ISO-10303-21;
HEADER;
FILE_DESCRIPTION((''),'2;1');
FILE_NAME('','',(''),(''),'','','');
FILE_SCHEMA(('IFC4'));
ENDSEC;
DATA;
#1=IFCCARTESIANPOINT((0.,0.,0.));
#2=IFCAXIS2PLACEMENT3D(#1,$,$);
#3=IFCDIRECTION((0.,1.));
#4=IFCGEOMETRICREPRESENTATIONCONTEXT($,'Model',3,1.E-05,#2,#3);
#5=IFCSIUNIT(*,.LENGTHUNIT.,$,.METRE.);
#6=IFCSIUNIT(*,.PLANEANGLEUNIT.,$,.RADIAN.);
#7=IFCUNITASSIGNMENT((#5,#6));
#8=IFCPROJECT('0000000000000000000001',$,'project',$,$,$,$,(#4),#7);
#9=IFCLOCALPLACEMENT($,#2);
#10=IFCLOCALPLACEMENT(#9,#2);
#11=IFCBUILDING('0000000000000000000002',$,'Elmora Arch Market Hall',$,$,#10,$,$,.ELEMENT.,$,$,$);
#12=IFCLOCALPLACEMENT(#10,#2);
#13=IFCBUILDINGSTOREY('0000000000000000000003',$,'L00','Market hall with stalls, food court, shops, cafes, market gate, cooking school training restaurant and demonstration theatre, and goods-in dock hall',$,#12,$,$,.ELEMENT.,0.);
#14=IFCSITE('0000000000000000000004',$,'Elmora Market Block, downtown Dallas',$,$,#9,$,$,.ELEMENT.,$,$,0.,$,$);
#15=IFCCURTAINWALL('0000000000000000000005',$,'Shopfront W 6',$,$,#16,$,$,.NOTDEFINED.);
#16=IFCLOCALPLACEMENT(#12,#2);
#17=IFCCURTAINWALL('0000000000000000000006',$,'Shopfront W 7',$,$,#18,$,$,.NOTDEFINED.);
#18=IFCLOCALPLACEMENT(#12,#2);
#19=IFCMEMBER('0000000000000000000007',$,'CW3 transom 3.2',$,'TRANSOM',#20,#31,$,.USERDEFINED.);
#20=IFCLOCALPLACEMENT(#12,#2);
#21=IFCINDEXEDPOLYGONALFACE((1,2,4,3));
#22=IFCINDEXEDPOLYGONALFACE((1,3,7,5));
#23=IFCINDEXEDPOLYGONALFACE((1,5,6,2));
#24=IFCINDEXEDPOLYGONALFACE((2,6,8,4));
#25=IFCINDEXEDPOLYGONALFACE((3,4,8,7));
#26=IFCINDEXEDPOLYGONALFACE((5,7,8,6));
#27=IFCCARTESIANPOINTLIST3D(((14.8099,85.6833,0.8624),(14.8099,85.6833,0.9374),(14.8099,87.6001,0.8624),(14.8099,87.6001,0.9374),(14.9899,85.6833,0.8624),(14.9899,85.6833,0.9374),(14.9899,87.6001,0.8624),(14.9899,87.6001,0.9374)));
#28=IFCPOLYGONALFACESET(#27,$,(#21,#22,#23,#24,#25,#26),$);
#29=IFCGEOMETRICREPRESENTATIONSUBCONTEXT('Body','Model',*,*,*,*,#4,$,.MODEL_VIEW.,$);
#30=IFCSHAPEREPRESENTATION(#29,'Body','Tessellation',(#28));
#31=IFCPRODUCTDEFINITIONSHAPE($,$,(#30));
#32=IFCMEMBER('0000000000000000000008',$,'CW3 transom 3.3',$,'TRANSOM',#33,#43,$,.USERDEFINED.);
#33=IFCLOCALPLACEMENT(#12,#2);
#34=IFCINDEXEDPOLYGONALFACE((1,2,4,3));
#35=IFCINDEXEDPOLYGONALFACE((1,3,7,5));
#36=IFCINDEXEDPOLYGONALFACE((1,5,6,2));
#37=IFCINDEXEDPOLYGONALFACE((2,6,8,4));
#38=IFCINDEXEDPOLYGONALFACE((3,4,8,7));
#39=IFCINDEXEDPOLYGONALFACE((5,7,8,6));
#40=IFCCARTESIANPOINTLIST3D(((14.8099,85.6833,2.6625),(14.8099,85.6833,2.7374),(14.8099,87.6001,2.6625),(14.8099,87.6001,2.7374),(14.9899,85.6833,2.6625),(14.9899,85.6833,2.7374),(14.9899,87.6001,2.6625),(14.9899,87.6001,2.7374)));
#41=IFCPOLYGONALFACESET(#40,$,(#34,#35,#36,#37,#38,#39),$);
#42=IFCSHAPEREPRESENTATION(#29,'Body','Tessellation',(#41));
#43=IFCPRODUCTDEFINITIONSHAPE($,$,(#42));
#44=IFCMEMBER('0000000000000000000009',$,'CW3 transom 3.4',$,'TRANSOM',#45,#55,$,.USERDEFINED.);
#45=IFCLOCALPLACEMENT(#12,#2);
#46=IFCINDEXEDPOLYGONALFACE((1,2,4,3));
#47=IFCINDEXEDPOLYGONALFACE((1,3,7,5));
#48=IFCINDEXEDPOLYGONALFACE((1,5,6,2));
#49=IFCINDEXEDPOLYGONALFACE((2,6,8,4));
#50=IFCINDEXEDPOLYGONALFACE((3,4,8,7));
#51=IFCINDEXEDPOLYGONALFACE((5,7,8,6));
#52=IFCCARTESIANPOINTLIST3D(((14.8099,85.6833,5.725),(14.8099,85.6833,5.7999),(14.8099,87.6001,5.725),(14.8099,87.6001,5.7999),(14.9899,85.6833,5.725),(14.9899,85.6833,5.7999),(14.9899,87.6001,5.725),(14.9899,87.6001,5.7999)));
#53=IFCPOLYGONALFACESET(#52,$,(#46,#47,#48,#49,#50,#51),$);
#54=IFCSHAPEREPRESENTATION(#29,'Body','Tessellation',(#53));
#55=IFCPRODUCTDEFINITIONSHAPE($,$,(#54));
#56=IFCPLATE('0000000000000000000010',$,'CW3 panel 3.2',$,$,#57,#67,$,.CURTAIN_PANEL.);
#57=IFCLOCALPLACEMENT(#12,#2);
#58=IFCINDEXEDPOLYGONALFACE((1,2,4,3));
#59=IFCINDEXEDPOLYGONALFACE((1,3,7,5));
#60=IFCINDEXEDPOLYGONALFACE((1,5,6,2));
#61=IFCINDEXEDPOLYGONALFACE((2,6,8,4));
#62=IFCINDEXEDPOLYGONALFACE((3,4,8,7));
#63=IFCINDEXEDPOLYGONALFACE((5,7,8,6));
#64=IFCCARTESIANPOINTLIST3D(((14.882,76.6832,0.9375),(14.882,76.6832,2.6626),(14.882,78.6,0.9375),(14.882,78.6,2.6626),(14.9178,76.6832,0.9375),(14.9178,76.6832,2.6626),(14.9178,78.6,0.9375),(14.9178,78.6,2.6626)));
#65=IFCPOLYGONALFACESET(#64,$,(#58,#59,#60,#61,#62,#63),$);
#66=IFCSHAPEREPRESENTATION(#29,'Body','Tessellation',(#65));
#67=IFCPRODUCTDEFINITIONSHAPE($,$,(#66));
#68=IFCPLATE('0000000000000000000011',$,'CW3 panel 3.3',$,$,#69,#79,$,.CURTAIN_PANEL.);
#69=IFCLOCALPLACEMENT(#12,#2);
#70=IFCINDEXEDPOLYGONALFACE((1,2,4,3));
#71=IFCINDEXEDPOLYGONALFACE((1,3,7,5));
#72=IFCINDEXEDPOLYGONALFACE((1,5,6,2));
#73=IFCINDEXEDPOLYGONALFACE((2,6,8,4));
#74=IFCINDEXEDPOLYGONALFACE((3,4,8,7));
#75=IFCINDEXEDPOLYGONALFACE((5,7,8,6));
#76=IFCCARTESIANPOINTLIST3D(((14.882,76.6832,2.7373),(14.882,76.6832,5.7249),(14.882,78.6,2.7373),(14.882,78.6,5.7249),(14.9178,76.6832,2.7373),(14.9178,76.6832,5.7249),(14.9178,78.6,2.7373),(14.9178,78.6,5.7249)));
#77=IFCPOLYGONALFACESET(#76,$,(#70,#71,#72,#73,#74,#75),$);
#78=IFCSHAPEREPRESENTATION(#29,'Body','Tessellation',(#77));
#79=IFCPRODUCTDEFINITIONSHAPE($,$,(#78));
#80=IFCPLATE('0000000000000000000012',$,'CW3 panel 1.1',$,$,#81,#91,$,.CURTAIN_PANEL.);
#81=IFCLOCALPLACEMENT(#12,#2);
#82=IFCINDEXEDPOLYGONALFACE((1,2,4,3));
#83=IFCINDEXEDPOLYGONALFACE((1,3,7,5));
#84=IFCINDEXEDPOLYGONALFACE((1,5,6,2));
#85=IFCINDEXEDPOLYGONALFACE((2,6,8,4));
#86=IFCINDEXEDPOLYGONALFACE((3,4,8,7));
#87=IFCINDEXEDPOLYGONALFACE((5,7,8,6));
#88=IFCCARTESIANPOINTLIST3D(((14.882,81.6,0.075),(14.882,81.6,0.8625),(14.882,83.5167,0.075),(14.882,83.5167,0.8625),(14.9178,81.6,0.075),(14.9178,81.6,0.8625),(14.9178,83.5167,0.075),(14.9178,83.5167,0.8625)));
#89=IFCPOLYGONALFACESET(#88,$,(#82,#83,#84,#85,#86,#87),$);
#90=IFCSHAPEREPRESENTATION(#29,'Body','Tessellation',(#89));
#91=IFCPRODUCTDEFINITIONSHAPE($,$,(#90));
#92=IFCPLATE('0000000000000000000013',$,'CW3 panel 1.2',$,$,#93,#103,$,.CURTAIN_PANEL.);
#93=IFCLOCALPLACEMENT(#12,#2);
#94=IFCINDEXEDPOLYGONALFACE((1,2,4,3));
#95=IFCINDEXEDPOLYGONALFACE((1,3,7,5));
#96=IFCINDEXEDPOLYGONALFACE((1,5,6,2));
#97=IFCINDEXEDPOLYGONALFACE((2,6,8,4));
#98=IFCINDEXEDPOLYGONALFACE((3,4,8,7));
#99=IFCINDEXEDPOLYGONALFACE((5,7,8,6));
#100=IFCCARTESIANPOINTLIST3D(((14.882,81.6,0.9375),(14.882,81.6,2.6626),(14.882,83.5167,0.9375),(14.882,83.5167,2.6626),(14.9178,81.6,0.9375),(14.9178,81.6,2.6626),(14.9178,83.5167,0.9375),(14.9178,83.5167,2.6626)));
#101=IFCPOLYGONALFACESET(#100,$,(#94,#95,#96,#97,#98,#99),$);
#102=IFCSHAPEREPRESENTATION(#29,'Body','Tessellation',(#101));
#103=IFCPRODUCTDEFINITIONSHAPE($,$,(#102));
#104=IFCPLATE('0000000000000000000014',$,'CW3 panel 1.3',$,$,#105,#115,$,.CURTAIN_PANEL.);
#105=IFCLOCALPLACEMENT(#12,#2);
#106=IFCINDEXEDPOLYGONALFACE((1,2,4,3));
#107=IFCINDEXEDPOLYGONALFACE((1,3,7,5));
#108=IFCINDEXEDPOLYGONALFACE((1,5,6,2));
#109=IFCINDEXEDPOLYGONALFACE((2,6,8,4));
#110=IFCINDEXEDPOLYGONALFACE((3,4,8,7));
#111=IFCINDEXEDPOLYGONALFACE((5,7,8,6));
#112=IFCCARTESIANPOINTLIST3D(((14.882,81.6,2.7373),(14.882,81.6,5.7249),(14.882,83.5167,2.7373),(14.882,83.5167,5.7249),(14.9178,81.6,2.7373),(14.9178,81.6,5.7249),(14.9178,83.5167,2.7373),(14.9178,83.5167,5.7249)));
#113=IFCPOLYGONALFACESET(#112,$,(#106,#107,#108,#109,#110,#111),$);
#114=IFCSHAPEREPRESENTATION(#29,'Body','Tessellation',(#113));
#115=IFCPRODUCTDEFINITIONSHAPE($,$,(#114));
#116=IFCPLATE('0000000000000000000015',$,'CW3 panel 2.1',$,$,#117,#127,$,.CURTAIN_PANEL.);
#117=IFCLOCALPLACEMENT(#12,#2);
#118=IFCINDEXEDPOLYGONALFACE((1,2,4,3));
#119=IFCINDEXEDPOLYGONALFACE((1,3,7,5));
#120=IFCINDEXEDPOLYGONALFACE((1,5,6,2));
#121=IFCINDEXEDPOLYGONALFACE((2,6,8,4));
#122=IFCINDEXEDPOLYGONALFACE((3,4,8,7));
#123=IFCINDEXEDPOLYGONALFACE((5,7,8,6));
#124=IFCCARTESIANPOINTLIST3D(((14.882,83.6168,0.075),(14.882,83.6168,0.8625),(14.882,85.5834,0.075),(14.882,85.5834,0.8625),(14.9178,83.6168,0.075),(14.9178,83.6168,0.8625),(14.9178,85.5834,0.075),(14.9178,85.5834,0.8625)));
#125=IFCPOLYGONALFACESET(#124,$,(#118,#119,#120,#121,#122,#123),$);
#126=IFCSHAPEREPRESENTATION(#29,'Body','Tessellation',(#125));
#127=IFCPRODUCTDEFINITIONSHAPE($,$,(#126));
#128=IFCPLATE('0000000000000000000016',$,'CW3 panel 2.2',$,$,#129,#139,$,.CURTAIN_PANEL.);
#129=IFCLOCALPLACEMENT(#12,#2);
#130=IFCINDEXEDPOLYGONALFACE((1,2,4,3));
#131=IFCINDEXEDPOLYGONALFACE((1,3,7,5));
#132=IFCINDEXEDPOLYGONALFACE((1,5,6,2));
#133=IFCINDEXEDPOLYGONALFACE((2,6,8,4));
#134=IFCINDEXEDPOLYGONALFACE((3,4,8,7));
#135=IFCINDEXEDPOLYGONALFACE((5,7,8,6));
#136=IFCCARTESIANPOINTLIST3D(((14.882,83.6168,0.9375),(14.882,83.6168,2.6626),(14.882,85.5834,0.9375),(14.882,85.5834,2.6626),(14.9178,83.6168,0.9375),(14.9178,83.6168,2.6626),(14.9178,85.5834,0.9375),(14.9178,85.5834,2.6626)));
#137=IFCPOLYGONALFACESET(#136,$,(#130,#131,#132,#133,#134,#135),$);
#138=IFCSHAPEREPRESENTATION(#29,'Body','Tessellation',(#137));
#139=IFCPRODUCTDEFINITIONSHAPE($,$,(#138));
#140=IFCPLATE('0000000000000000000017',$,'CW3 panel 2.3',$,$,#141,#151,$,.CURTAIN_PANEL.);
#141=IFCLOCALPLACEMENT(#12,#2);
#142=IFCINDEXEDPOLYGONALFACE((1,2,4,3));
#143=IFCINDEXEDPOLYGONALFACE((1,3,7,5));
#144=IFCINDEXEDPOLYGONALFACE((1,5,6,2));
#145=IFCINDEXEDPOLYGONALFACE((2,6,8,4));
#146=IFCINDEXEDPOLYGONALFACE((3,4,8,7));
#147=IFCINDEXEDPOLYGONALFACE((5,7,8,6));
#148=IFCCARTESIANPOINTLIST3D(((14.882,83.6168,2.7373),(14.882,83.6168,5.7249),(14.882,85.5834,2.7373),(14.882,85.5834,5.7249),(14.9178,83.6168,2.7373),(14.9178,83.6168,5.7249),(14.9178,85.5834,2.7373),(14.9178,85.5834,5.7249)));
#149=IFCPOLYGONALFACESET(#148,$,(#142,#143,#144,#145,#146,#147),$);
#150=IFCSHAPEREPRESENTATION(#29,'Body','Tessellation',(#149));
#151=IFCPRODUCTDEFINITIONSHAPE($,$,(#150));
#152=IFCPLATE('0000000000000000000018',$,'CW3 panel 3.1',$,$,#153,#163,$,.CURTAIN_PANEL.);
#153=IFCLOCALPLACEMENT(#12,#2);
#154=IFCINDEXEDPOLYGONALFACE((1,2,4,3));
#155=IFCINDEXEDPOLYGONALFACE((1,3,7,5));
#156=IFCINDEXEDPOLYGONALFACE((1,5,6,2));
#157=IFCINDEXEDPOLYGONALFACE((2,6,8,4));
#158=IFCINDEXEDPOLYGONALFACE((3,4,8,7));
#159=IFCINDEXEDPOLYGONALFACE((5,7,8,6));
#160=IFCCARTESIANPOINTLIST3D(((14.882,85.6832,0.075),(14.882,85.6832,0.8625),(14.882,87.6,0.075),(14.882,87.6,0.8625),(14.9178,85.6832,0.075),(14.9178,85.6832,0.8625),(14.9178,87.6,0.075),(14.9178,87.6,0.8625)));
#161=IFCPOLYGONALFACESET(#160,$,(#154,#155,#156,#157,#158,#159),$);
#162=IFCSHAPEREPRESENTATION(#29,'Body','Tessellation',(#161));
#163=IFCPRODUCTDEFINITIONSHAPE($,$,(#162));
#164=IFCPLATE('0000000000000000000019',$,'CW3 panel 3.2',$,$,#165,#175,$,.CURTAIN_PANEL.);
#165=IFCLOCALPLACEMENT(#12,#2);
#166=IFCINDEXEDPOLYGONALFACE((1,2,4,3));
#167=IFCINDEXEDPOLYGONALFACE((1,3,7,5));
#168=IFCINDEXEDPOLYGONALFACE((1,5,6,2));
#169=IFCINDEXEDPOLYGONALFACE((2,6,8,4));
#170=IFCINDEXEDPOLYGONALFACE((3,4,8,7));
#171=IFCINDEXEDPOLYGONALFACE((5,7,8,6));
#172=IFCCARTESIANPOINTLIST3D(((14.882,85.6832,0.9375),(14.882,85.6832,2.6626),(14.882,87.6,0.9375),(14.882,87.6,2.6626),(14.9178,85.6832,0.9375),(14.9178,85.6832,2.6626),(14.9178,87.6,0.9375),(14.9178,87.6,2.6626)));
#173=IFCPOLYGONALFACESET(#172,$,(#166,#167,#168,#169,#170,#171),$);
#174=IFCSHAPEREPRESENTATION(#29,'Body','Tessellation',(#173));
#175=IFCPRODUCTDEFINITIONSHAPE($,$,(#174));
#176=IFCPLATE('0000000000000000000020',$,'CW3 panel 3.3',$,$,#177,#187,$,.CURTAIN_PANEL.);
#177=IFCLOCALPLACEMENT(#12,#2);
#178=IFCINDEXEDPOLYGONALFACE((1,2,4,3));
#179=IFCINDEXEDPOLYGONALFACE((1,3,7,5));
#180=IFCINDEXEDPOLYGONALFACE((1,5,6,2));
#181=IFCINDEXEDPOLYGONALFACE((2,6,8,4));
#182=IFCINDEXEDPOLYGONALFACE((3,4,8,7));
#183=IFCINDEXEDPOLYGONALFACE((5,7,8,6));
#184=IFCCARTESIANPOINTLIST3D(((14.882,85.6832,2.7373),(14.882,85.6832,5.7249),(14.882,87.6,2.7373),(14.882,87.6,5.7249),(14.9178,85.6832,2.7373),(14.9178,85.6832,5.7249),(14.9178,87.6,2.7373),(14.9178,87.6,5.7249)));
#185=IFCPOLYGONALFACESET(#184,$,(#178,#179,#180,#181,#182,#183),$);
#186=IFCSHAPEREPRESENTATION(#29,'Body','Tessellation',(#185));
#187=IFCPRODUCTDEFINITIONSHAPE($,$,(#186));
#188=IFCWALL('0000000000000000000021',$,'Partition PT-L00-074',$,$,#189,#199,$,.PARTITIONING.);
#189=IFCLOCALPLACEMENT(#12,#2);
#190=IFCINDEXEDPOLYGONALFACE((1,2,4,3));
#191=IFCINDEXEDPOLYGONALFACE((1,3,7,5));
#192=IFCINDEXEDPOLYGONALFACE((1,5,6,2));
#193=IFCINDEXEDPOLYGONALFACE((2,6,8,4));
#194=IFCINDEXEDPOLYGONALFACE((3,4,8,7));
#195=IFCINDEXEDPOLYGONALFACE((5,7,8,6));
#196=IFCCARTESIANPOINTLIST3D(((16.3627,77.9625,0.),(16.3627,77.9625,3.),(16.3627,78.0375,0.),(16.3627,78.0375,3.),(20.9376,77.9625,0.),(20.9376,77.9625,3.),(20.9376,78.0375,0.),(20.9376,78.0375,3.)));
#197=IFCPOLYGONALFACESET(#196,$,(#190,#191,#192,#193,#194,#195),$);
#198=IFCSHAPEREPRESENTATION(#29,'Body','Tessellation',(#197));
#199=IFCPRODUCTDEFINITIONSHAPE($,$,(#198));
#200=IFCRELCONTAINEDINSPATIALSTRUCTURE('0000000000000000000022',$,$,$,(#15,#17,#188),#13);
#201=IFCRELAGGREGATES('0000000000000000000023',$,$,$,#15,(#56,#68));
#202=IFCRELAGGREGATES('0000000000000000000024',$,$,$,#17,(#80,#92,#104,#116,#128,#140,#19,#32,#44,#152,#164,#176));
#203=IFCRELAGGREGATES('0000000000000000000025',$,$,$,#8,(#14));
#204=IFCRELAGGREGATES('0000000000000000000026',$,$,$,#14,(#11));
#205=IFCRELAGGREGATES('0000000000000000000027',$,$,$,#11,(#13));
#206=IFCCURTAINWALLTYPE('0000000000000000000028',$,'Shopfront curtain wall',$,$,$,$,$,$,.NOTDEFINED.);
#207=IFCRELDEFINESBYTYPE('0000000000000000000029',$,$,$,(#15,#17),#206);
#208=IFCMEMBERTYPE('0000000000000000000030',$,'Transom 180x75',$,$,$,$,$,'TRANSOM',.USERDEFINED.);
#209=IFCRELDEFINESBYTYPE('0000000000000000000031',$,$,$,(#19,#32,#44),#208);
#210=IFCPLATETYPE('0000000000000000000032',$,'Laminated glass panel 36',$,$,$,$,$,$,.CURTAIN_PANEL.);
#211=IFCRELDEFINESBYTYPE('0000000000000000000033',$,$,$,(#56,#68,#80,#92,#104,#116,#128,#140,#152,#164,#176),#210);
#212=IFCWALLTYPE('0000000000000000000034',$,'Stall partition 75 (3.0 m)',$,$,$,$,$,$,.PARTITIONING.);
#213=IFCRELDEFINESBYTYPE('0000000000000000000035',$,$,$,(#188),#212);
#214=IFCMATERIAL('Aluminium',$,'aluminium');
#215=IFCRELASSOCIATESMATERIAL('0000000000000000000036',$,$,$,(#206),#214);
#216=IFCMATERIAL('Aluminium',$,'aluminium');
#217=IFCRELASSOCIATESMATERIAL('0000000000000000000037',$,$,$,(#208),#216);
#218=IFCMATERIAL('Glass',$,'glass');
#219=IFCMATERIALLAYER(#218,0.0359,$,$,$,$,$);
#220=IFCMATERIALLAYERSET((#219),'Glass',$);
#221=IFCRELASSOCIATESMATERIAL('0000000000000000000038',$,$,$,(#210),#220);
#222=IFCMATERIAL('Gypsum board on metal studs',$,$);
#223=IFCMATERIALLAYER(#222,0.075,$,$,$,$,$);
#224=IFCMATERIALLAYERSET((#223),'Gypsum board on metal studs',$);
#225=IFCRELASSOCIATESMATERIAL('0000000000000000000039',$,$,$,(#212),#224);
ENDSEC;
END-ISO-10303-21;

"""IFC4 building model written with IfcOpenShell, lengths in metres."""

from ifc_helpers import new_model, si_unit, direction, frame, frame_2d, origin, origin_2d, place, context, subcontext, project, spatial, rectangle, extrude, material, layer, layer_set, material_profile, profile_set, type_object, element, aggregate, save


model = new_model("IFC4")

# Units and contexts
model_context = context("Model", 3, precision=1e-05, world=origin(), true_north=direction((0.0, 1.0)))
body_context = subcontext(model_context, "Body", "Model", "MODEL_VIEW")
ifc_project = project(units=[si_unit("LENGTHUNIT", "METRE"), si_unit("PLANEANGLEUNIT", "RADIAN")], contexts=[model_context])

# Site, building, storey
site_placement = place(None, origin())
site = spatial("IfcSite", under=ifc_project, at=site_placement, Name="Elmora Market Block, downtown Dallas", CompositionType="ELEMENT", RefElevation=0.0)
building_placement = place(site_placement, origin())
building = spatial("IfcBuilding", under=site, at=building_placement, Name="Elmora Arch Market Hall", CompositionType="ELEMENT")
storey_placement = place(building_placement, origin())
storey = spatial("IfcBuildingStorey", under=building, at=storey_placement, Name="L00", Description="Market hall with stalls, food court, shops, cafes, market gate, cooking school training restaurant and demonstration theatre, and goods-in dock hall", CompositionType="ELEMENT", Elevation=0.0)

# Curtain wall
ifc_material_1 = material(Name="Aluminium", Category="aluminium")
curtain_wall_type = type_object("IfcCurtainWallType", Name="Shopfront curtain wall", PredefinedType="NOTDEFINED", material=ifc_material_1)
curtain_wall_1_placement = place(storey_placement, origin())
curtain_wall_1 = element("IfcCurtainWall", 1, at=curtain_wall_1_placement, inside=storey, type_object=curtain_wall_type, Name="Shopfront W 6", PredefinedType="NOTDEFINED")

# Curtain wall, members
curtain_wall_2_placement = place(storey_placement, origin())
curtain_wall_2 = element("IfcCurtainWall", 2, at=curtain_wall_2_placement, inside=storey, type_object=curtain_wall_type, Name="Shopfront W 7", PredefinedType="NOTDEFINED")
ifc_material_2 = material(Name="Aluminium", Category="aluminium")
ifc_material_profile_1 = material_profile(ifc_material_2, rectangle(XDim=0.1799, YDim=0.075, at=origin_2d()), Name="AL 180x75")
ifc_profile_set_1 = profile_set([ifc_material_profile_1], Name="Aluminium")
member_type_1 = type_object("IfcMemberType", Name="Transom 180x75", ElementType="TRANSOM", PredefinedType="USERDEFINED", material=ifc_profile_set_1)
member_1_placement = place(storey_placement, frame((14.8999, 85.6833, 0.8999), z_axis=(0.0, 1.0, 0.0), x_axis=(-1.0, 0.0, 0.0)))
member_1 = element("IfcMember", 3, at=member_1_placement, type_object=member_type_1, Name="CW3 transom 3.2", ObjectType="TRANSOM", PredefinedType="USERDEFINED", context=body_context, shape_type="SweptSolid", body=[
    extrude(rectangle(XDim=0.1799, YDim=0.075, at=origin_2d()), origin(), (0.0, 0.0, 1.0), 1.9167),
])
member_2_placement = place(storey_placement, frame((14.8999, 85.6833, 2.7), z_axis=(0.0, 1.0, 0.0), x_axis=(-1.0, 0.0, 0.0)))
member_2 = element("IfcMember", 4, at=member_2_placement, type_object=member_type_1, Name="CW3 transom 3.3", ObjectType="TRANSOM", PredefinedType="USERDEFINED", context=body_context, shape_type="SweptSolid", body=[
    extrude(rectangle(XDim=0.1799, YDim=0.075, at=origin_2d()), origin(), (0.0, 0.0, 1.0), 1.9167),
])
member_3_placement = place(storey_placement, frame((14.8999, 85.6833, 5.7625), z_axis=(0.0, 1.0, 0.0), x_axis=(-1.0, 0.0, 0.0)))
member_3 = element("IfcMember", 5, at=member_3_placement, type_object=member_type_1, Name="CW3 transom 3.4", ObjectType="TRANSOM", PredefinedType="USERDEFINED", context=body_context, shape_type="SweptSolid", body=[
    extrude(rectangle(XDim=0.1799, YDim=0.075, at=origin_2d()), origin(), (0.0, 0.0, 1.0), 1.9167),
])

# Plates
ifc_material_3 = material(Name="Glass", Category="glass")
ifc_layer_1 = layer(ifc_material_3, 0.0359)
ifc_layer_set_1 = layer_set([ifc_layer_1], Name="Glass")
plate_type = type_object("IfcPlateType", Name="Laminated glass panel 36", PredefinedType="CURTAIN_PANEL", material=ifc_layer_set_1)
plate_1_placement = place(storey_placement, frame((14.8999, 77.6416, 0.9375), z_axis=(0.0, 0.0, 1.0), x_axis=(0.0, 1.0, 0.0)))
plate_1 = element("IfcPlate", 6, at=plate_1_placement, type_object=plate_type, Name="CW3 panel 3.2", PredefinedType="CURTAIN_PANEL", context=body_context, shape_type="SweptSolid", body=[
    extrude(rectangle(XDim=1.9167, YDim=0.0359, at=origin_2d()), origin(), (0.0, 0.0, 1.0), 1.7251),
])
plate_2_placement = place(storey_placement, frame((14.8999, 77.6416, 2.7373), z_axis=(0.0, 0.0, 1.0), x_axis=(0.0, 1.0, 0.0)))
plate_2 = element("IfcPlate", 7, at=plate_2_placement, type_object=plate_type, Name="CW3 panel 3.3", PredefinedType="CURTAIN_PANEL", context=body_context, shape_type="SweptSolid", body=[
    extrude(rectangle(XDim=1.9167, YDim=0.0359, at=origin_2d()), origin(), (0.0, 0.0, 1.0), 2.9875),
])
aggregate(curtain_wall_1, [plate_1, plate_2])
plate_3_placement = place(storey_placement, frame((14.8999, 82.5583, 0.075), z_axis=(0.0, 0.0, 1.0), x_axis=(0.0, 1.0, 0.0)))
plate_3 = element("IfcPlate", 8, at=plate_3_placement, type_object=plate_type, Name="CW3 panel 1.1", PredefinedType="CURTAIN_PANEL", context=body_context, shape_type="SweptSolid", body=[
    extrude(rectangle(XDim=1.9167, YDim=0.0359, at=origin_2d()), origin(), (0.0, 0.0, 1.0), 0.7876),
])
plate_4_placement = place(storey_placement, frame((14.8999, 82.5583, 0.9375), z_axis=(0.0, 0.0, 1.0), x_axis=(0.0, 1.0, 0.0)))
plate_4 = element("IfcPlate", 9, at=plate_4_placement, type_object=plate_type, Name="CW3 panel 1.2", PredefinedType="CURTAIN_PANEL", context=body_context, shape_type="SweptSolid", body=[
    extrude(rectangle(XDim=1.9167, YDim=0.0359, at=origin_2d()), origin(), (0.0, 0.0, 1.0), 1.7251),
])
plate_5_placement = place(storey_placement, frame((14.8999, 82.5583, 2.7373), z_axis=(0.0, 0.0, 1.0), x_axis=(0.0, 1.0, 0.0)))
plate_5 = element("IfcPlate", 10, at=plate_5_placement, type_object=plate_type, Name="CW3 panel 1.3", PredefinedType="CURTAIN_PANEL", context=body_context, shape_type="SweptSolid", body=[
    extrude(rectangle(XDim=1.9167, YDim=0.0359, at=origin_2d()), origin(), (0.0, 0.0, 1.0), 2.9875),
])
plate_6_placement = place(storey_placement, frame((14.8999, 84.6001, 0.075), z_axis=(0.0, 0.0, 1.0), x_axis=(0.0, 1.0, 0.0)))
plate_6 = element("IfcPlate", 11, at=plate_6_placement, type_object=plate_type, Name="CW3 panel 2.1", PredefinedType="CURTAIN_PANEL", context=body_context, shape_type="SweptSolid", body=[
    extrude(rectangle(XDim=1.9666, YDim=0.0359, at=origin_2d()), origin(), (0.0, 0.0, 1.0), 0.7876),
])
plate_7_placement = place(storey_placement, frame((14.8999, 84.6001, 0.9375), z_axis=(0.0, 0.0, 1.0), x_axis=(0.0, 1.0, 0.0)))
plate_7 = element("IfcPlate", 12, at=plate_7_placement, type_object=plate_type, Name="CW3 panel 2.2", PredefinedType="CURTAIN_PANEL", context=body_context, shape_type="SweptSolid", body=[
    extrude(rectangle(XDim=1.9666, YDim=0.0359, at=origin_2d()), origin(), (0.0, 0.0, 1.0), 1.7251),
])
plate_8_placement = place(storey_placement, frame((14.8999, 84.6001, 2.7373), z_axis=(0.0, 0.0, 1.0), x_axis=(0.0, 1.0, 0.0)))
plate_8 = element("IfcPlate", 13, at=plate_8_placement, type_object=plate_type, Name="CW3 panel 2.3", PredefinedType="CURTAIN_PANEL", context=body_context, shape_type="SweptSolid", body=[
    extrude(rectangle(XDim=1.9666, YDim=0.0359, at=origin_2d()), origin(), (0.0, 0.0, 1.0), 2.9875),
])
plate_9_placement = place(storey_placement, frame((14.8999, 86.6416, 0.075), z_axis=(0.0, 0.0, 1.0), x_axis=(0.0, 1.0, 0.0)))
plate_9 = element("IfcPlate", 14, at=plate_9_placement, type_object=plate_type, Name="CW3 panel 3.1", PredefinedType="CURTAIN_PANEL", context=body_context, shape_type="SweptSolid", body=[
    extrude(rectangle(XDim=1.9167, YDim=0.0359, at=origin_2d()), origin(), (0.0, 0.0, 1.0), 0.7876),
])
plate_10_placement = place(storey_placement, frame((14.8999, 86.6416, 0.9375), z_axis=(0.0, 0.0, 1.0), x_axis=(0.0, 1.0, 0.0)))
plate_10 = element("IfcPlate", 15, at=plate_10_placement, type_object=plate_type, Name="CW3 panel 3.2", PredefinedType="CURTAIN_PANEL", context=body_context, shape_type="SweptSolid", body=[
    extrude(rectangle(XDim=1.9167, YDim=0.0359, at=origin_2d()), origin(), (0.0, 0.0, 1.0), 1.7251),
])
plate_11_placement = place(storey_placement, frame((14.8999, 86.6416, 2.7373), z_axis=(0.0, 0.0, 1.0), x_axis=(0.0, 1.0, 0.0)))
plate_11 = element("IfcPlate", 16, at=plate_11_placement, type_object=plate_type, Name="CW3 panel 3.3", PredefinedType="CURTAIN_PANEL", context=body_context, shape_type="SweptSolid", body=[
    extrude(rectangle(XDim=1.9167, YDim=0.0359, at=origin_2d()), origin(), (0.0, 0.0, 1.0), 2.9875),
])
aggregate(curtain_wall_2, [plate_3, plate_4, plate_5, plate_6, plate_7, plate_8, member_1, member_2, member_3, plate_9, plate_10, plate_11])

# Shared definitions
ifc_material_4 = material(Name="Gypsum board on metal studs")
ifc_layer_2 = layer(ifc_material_4, 0.075)
ifc_layer_set_2 = layer_set([ifc_layer_2], Name="Gypsum board on metal studs")
wall_type_1 = type_object("IfcWallType", Name="Stall partition 75 (3.0 m)", PredefinedType="PARTITIONING", material=ifc_layer_set_2)

# Wall
wall_1_placement = place(storey_placement, frame((16.3625, 78.0, 0.0), z_axis=(0.0, 0.0, 1.0), x_axis=(1.0, 0.0, 0.0)))
element("IfcWall", 17, at=wall_1_placement, inside=storey, type_object=wall_type_1, Name="Partition PT-L00-074", PredefinedType="PARTITIONING", context=body_context, shape_type="SweptSolid", body=[
    extrude(rectangle(XDim=4.575, YDim=0.075, at=frame_2d((2.2876, 0.0))), origin(), (0.0, 0.0, 1.0), 3.0),
])

save(model, "model.ifc")
